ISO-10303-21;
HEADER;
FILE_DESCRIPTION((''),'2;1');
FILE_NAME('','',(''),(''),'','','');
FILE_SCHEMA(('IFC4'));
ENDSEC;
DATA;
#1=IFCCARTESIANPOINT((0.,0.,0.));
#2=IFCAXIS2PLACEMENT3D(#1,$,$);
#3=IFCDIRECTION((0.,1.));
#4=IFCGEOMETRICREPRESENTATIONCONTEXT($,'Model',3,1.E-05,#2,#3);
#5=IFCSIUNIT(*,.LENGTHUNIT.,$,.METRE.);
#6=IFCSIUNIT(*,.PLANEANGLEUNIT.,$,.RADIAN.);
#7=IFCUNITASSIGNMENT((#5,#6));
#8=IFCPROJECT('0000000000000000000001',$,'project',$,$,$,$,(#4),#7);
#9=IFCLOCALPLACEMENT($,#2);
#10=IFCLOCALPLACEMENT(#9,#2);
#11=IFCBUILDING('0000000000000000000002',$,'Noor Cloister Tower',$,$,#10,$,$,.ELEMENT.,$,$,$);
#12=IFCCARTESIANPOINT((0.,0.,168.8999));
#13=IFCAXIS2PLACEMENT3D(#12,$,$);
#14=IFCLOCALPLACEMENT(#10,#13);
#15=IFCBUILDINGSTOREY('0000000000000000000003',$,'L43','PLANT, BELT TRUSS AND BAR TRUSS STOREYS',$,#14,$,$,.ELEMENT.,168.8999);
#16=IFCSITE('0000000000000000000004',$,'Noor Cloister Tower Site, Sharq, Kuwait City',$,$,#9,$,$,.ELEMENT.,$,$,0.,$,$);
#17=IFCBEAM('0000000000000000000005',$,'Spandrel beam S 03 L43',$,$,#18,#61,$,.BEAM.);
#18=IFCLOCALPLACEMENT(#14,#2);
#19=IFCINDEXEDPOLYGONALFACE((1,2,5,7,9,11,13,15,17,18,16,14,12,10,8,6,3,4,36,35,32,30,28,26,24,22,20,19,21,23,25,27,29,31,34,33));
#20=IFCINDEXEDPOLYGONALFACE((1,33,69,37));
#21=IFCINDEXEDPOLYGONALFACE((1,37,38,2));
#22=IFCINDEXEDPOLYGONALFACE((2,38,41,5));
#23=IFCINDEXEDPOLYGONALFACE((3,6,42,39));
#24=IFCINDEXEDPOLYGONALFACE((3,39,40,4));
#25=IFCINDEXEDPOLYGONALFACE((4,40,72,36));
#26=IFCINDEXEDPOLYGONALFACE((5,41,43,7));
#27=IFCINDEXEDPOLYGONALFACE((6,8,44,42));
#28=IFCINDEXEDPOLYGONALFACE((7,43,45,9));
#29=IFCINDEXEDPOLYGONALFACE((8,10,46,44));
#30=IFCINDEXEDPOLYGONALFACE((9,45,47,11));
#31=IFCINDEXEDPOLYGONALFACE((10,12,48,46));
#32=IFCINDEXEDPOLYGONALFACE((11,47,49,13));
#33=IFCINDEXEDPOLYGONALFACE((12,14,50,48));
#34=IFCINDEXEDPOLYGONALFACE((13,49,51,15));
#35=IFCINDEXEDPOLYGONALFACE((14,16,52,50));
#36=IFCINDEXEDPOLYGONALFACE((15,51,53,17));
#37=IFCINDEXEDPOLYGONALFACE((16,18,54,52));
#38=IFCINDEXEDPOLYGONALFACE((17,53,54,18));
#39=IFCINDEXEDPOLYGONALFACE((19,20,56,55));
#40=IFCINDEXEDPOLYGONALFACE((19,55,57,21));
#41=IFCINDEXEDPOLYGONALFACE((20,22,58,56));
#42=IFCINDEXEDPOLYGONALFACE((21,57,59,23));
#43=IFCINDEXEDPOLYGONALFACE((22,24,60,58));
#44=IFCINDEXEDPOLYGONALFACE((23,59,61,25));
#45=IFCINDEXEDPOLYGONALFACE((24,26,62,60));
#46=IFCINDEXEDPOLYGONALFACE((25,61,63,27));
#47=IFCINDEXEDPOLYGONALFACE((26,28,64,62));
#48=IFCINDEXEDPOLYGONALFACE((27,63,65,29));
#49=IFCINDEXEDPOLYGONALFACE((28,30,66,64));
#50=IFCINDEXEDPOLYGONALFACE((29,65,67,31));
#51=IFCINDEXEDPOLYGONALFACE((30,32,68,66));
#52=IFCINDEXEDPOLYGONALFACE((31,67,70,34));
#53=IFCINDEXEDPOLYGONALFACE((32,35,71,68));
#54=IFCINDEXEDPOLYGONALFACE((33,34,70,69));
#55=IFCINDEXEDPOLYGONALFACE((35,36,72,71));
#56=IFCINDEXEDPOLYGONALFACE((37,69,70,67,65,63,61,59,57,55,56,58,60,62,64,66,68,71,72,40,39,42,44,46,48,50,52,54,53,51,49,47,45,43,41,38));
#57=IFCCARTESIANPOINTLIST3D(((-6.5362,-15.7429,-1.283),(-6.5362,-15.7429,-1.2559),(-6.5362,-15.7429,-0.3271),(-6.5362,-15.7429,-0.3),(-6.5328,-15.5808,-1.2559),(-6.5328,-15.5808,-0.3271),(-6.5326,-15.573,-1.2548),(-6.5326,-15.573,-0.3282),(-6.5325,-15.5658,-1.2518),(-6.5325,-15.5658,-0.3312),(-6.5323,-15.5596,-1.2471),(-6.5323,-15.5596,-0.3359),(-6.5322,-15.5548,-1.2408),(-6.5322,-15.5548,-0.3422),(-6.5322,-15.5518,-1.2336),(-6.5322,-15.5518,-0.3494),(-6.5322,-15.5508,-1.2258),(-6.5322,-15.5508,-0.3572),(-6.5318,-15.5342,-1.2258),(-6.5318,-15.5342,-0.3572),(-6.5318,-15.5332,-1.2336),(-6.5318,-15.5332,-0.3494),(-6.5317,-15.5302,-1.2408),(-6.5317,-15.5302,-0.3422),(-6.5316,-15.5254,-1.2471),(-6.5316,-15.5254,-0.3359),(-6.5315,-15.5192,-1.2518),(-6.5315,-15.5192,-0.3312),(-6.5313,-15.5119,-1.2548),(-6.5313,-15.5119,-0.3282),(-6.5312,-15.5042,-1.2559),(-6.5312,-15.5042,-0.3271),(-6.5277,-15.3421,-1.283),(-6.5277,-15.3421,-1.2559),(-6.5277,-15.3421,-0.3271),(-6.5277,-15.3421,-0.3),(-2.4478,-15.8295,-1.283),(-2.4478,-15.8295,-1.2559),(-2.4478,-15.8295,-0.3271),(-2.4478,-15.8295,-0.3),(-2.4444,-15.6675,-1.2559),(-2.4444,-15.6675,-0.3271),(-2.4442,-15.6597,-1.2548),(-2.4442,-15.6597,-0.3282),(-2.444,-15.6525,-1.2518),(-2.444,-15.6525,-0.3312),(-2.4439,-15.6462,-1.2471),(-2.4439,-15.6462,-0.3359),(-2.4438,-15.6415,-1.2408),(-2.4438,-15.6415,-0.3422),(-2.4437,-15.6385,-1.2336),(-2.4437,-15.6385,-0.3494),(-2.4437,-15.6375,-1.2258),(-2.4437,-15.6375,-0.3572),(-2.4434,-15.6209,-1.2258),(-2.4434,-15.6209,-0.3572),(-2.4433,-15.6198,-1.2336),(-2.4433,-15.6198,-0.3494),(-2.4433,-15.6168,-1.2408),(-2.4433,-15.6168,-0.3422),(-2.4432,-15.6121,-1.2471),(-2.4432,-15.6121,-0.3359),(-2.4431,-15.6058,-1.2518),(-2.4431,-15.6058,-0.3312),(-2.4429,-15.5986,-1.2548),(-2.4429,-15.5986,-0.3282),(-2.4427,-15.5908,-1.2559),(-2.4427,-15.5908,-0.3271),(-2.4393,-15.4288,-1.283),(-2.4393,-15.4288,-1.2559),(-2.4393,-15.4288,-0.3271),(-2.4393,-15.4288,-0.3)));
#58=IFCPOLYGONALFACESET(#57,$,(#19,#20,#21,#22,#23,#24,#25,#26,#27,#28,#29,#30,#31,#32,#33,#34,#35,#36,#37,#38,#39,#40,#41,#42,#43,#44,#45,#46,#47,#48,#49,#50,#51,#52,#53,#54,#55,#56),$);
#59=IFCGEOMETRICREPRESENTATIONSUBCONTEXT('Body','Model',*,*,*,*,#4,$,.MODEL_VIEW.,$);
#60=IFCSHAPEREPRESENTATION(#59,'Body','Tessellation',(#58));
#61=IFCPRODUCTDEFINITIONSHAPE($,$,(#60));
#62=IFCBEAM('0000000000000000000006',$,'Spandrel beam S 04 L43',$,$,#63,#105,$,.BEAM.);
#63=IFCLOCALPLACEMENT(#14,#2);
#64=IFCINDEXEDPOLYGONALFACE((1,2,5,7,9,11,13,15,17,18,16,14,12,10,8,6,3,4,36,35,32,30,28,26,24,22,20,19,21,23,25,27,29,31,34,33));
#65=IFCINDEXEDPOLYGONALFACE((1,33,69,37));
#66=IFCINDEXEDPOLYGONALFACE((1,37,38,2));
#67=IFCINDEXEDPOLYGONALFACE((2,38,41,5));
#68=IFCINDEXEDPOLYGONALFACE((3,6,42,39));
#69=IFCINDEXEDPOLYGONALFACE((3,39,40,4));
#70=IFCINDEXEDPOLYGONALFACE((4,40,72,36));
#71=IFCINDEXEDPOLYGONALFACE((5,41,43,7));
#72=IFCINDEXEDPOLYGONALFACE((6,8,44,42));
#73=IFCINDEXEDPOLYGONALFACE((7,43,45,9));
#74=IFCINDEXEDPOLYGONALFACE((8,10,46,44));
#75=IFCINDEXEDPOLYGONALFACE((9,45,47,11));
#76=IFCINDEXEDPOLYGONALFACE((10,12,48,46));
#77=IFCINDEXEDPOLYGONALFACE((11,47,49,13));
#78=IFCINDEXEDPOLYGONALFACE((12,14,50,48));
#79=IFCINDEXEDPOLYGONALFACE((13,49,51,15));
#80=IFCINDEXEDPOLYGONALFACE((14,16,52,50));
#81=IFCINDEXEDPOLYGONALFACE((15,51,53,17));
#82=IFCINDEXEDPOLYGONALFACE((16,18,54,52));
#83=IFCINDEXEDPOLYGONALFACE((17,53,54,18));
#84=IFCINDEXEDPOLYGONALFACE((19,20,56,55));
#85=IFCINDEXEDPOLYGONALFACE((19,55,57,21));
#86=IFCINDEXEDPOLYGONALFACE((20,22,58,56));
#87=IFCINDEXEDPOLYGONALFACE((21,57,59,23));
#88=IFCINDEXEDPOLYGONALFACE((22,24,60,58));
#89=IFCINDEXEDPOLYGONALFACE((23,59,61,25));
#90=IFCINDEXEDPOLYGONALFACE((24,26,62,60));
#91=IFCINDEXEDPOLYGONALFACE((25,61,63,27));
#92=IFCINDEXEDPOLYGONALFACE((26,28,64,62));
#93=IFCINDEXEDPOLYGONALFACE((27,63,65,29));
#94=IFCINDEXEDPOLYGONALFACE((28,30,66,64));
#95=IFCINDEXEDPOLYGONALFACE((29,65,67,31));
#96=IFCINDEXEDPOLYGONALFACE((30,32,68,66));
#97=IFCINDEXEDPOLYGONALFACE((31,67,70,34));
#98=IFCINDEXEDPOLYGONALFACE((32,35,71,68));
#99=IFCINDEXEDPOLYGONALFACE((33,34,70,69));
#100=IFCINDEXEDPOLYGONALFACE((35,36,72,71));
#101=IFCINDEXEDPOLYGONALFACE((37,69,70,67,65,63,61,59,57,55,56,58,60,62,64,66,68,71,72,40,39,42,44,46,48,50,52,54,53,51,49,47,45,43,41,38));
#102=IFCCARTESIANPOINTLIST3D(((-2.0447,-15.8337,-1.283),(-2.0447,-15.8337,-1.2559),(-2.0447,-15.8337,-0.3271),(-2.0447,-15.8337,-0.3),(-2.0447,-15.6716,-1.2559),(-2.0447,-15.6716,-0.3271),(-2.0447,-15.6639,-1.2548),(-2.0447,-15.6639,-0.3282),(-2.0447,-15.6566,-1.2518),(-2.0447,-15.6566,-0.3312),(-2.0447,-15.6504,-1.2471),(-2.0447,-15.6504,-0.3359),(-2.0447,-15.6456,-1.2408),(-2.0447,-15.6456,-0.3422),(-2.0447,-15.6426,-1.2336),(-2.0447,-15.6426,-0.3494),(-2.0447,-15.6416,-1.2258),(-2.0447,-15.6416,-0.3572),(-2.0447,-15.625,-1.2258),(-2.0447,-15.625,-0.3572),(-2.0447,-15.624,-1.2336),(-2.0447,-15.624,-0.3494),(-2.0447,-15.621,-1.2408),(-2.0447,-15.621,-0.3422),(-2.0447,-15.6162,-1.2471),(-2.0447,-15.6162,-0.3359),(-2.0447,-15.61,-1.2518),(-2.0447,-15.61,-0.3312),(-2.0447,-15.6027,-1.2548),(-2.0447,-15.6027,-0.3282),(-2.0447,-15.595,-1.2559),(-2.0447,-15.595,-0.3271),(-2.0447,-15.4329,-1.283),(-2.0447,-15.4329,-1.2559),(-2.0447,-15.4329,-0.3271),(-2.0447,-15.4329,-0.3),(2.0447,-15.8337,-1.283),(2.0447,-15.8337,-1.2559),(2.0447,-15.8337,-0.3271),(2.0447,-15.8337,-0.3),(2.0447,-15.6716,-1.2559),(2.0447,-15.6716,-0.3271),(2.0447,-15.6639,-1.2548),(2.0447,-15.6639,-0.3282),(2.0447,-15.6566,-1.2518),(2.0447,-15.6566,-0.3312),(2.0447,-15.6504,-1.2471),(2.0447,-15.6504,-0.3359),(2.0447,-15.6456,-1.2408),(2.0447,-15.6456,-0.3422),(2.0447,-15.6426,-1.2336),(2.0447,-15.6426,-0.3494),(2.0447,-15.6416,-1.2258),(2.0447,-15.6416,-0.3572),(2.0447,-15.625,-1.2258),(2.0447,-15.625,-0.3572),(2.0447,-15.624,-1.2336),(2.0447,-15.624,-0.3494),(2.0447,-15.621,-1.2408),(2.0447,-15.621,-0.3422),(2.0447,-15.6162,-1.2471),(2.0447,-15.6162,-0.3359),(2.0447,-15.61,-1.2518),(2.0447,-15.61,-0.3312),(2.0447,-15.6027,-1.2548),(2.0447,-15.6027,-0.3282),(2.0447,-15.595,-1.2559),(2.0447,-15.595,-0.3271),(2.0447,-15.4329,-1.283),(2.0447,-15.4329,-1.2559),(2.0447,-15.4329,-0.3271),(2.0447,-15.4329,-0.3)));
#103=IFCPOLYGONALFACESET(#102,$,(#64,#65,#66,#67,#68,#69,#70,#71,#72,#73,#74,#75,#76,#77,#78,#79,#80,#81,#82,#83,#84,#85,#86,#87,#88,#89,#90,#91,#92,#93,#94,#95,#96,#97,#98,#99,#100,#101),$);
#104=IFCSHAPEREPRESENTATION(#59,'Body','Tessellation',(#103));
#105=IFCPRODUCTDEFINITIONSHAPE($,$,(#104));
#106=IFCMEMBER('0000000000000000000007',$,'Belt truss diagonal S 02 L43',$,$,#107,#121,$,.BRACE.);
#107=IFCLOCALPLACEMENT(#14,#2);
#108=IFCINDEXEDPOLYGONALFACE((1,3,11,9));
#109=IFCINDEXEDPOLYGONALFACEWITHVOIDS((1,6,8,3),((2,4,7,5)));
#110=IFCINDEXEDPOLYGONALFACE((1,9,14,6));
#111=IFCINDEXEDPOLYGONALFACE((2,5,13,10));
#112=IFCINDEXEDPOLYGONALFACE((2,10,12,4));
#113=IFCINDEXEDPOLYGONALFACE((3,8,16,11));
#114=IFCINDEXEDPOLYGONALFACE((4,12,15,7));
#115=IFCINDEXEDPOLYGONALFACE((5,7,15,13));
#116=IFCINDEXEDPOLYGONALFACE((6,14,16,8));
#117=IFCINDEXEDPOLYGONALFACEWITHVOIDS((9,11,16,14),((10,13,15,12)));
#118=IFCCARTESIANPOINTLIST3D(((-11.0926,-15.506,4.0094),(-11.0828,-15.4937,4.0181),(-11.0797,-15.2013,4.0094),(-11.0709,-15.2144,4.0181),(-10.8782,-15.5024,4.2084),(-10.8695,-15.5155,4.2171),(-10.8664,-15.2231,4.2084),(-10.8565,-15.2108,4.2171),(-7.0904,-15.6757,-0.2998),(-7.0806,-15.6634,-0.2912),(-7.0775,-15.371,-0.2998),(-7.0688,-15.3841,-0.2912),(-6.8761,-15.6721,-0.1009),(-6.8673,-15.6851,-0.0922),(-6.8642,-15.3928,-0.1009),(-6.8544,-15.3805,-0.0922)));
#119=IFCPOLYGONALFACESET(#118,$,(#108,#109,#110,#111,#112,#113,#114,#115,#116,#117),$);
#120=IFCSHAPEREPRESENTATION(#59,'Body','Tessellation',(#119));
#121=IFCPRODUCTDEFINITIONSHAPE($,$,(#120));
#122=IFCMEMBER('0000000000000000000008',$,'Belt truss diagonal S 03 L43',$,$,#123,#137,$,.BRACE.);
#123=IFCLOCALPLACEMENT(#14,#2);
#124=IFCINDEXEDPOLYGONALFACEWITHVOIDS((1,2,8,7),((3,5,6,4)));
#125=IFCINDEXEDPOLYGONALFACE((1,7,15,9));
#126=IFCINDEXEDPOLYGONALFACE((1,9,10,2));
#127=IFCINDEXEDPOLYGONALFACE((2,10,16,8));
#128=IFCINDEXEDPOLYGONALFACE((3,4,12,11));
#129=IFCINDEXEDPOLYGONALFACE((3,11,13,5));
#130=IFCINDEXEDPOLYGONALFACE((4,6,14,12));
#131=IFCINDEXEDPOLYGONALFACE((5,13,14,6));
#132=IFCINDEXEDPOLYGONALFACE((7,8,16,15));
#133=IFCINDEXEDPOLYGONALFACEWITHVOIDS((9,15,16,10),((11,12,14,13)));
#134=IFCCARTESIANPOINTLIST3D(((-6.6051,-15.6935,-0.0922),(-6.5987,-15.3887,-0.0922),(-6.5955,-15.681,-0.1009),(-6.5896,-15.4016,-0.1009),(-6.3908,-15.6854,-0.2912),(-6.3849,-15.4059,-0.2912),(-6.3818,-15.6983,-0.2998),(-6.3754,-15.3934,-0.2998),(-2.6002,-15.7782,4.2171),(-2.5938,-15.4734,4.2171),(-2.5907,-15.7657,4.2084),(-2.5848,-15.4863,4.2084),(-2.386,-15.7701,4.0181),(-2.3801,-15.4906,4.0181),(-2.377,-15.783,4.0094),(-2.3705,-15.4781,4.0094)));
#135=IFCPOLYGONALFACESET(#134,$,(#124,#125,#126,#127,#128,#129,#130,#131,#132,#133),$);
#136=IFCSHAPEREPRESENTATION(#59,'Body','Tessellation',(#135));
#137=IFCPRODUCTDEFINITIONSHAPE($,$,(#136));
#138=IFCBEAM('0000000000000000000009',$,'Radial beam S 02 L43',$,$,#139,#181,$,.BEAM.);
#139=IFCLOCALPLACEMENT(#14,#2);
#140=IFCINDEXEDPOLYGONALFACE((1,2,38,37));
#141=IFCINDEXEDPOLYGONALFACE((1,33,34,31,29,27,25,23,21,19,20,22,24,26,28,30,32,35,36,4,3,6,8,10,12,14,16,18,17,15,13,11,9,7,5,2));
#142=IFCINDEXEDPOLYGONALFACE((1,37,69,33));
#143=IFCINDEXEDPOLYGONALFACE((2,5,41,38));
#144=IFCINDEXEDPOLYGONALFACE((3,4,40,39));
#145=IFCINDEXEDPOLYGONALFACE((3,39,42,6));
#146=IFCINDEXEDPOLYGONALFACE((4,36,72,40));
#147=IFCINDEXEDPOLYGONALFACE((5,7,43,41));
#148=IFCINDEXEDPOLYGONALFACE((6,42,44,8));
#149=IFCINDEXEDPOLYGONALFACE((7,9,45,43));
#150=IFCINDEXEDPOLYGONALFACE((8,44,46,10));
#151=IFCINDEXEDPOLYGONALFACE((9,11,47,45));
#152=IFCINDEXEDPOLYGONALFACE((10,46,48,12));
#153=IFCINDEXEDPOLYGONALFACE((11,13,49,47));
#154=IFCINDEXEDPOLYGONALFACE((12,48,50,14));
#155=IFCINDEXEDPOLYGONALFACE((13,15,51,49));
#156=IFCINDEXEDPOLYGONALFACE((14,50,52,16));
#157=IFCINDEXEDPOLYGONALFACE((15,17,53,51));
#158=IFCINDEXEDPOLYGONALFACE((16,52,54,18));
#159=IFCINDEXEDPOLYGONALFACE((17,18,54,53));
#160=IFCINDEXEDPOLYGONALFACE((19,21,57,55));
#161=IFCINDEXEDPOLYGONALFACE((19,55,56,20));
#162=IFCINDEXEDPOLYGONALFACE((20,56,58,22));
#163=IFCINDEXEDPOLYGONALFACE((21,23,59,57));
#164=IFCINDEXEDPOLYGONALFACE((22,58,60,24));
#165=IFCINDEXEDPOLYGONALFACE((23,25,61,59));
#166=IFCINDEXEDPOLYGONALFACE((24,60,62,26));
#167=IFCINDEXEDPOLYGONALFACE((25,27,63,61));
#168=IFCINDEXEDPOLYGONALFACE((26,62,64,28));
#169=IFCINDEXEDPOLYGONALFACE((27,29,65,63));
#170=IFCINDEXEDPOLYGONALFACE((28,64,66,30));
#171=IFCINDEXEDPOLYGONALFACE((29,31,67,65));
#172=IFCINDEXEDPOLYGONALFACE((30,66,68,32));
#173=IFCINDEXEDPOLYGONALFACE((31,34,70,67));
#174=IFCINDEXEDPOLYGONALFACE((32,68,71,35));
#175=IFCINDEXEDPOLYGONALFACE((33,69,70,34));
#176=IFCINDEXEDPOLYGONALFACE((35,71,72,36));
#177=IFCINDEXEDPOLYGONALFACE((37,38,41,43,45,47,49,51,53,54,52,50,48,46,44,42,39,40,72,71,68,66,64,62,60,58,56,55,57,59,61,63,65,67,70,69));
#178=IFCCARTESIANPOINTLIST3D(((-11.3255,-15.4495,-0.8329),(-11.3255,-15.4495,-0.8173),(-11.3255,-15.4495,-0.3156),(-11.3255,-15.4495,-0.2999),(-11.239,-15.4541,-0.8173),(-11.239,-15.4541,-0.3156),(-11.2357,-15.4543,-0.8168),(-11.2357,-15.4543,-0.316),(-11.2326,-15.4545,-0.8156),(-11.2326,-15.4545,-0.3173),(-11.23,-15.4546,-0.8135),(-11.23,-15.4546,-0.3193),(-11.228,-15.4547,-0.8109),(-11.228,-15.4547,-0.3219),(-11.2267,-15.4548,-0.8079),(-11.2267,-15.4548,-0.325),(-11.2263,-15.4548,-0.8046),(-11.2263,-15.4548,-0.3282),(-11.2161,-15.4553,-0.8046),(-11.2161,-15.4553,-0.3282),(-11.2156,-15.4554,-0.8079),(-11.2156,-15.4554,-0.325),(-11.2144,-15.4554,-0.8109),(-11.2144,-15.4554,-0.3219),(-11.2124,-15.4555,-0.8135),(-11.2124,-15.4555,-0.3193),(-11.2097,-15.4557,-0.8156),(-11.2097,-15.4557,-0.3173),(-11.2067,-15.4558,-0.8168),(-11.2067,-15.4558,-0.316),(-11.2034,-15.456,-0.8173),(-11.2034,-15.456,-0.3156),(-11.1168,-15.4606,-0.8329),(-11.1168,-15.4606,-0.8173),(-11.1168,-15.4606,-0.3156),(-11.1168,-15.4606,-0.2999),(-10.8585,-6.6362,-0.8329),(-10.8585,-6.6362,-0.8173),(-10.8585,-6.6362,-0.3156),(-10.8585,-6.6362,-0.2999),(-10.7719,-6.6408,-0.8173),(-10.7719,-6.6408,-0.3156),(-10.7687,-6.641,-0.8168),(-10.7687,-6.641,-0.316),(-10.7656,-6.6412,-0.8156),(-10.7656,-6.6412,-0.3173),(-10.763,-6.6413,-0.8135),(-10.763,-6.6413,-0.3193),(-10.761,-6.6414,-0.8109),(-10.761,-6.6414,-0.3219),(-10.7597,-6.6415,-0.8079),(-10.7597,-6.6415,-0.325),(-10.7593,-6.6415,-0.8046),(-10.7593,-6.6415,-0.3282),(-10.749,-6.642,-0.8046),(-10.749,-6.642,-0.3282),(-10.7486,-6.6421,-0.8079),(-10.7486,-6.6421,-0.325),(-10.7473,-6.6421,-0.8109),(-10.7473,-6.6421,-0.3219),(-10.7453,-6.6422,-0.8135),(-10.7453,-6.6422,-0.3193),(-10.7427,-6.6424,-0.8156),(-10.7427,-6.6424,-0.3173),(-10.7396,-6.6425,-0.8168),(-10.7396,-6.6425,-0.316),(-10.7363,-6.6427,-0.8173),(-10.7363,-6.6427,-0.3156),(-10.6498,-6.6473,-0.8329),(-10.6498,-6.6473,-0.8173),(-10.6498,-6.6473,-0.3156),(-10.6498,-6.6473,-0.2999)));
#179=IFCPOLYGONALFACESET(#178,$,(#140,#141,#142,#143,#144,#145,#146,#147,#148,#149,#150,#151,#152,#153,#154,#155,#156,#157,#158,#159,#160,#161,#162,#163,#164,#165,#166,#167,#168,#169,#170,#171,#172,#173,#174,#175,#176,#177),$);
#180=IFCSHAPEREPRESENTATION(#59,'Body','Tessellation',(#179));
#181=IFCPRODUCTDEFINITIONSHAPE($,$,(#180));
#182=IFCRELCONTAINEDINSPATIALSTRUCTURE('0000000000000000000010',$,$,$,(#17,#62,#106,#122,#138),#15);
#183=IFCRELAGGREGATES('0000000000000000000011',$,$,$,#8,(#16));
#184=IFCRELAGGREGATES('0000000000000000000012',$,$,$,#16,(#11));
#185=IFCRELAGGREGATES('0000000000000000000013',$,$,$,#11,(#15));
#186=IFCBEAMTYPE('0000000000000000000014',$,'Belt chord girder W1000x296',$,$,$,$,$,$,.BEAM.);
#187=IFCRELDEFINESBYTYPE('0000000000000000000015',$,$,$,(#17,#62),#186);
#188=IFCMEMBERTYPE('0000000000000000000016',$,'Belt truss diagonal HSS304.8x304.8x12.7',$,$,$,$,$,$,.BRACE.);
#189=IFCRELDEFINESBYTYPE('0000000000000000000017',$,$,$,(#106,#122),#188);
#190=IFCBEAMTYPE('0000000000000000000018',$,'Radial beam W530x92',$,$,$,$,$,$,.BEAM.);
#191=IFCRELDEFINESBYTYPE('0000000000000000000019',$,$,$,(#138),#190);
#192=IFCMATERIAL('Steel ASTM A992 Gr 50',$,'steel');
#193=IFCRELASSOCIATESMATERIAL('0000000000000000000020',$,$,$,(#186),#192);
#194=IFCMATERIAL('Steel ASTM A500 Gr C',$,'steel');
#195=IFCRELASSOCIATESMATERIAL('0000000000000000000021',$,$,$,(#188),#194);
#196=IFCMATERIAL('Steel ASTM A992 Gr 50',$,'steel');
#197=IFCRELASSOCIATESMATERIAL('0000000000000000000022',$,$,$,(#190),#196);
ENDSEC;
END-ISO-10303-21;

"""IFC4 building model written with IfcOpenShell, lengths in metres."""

from ifc_helpers import new_model, si_unit, direction, frame, origin, origin_2d, place, context, subcontext, project, spatial, hollow_rectangle, i_section, extrude, material, material_profile, profile_set, type_object, element, save


model = new_model("IFC4")

# Units and contexts
model_context = context("Model", 3, precision=1e-05, world=origin(), true_north=direction((0.0, 1.0)))
body_context = subcontext(model_context, "Body", "Model", "MODEL_VIEW")
ifc_project = project(units=[si_unit("LENGTHUNIT", "METRE"), si_unit("PLANEANGLEUNIT", "RADIAN")], contexts=[model_context])

# Site, building, storey
site_placement = place(None, origin())
site = spatial("IfcSite", under=ifc_project, at=site_placement, Name="Noor Cloister Tower Site, Sharq, Kuwait City", CompositionType="ELEMENT", RefElevation=0.0)
building_placement = place(site_placement, origin())
building = spatial("IfcBuilding", under=site, at=building_placement, Name="Noor Cloister Tower", CompositionType="ELEMENT")
storey_placement = place(building_placement, frame((0.0, 0.0, 168.8999)))
storey = spatial("IfcBuildingStorey", under=building, at=storey_placement, Name="L43", Description="PLANT, BELT TRUSS AND BAR TRUSS STOREYS", CompositionType="ELEMENT", Elevation=168.8999)

# Beams
ifc_material_1 = material(Name="Steel ASTM A992 Gr 50", Category="steel")
ifc_material_profile_1 = material_profile(ifc_material_1, i_section(OverallWidth=0.4009, OverallDepth=0.9829, WebThickness=0.0166, FlangeThickness=0.0271, FilletRadius=0.03, at=origin_2d()), Name="W1000x296")
ifc_profile_set_1 = profile_set([ifc_material_profile_1], Name="Steel ASTM A992 Gr 50")
beam_type_1 = type_object("IfcBeamType", Name="Belt chord girder W1000x296", PredefinedType="BEAM", material=ifc_profile_set_1)
for number, where, z_axis, x_axis, name in (
    (1, (-6.532, -15.5425, -0.7915), (0.999775, -0.021194, 0.0), (0.021194, 0.999775, 0.0), "Spandrel beam S 03 L43"),
    (2, (-2.0447, -15.6333, -0.7915), (1.0, 0.0, 0.0), (0.0, 1.0, 0.0), "Spandrel beam S 04 L43"),
):
    element("IfcBeam", number, at=place(storey_placement, frame(where, z_axis=z_axis, x_axis=x_axis)), inside=storey, type_object=beam_type_1, Name=name, PredefinedType="BEAM", context=body_context, shape_type="SweptSolid", body=[
        extrude(i_section(OverallWidth=0.4009, OverallDepth=0.9829, WebThickness=0.0166, FlangeThickness=0.0271, FilletRadius=0.03, at=origin_2d()), origin(), (0.0, 0.0, 1.0), 4.0894),
    ])

# Members
ifc_material_2 = material(Name="Steel ASTM A500 Gr C", Category="steel")
ifc_material_profile_2 = material_profile(ifc_material_2, hollow_rectangle(XDim=0.3049, YDim=0.3049, WallThickness=0.0127, at=origin_2d()), Name="HSS304.8x304.8x12.7")
ifc_profile_set_2 = profile_set([ifc_material_profile_2], Name="Steel ASTM A500 Gr C")
member_type = type_object("IfcMemberType", Name="Belt truss diagonal HSS304.8x304.8x12.7", PredefinedType="BRACE", material=ifc_profile_set_2)
for number, where, z_axis, x_axis, name in (
    (3, (-6.9724, -15.5281, -0.196), (-0.68023, 0.028839, 0.732431), (-0.042358, -0.999102, 0.0), "Belt truss diagonal S 02 L43"),
    (4, (-6.4902, -15.5435, -0.196), (0.680688, -0.014399, 0.732432), (0.021149, 0.999776, 0.0), "Belt truss diagonal S 03 L43"),
):
    element("IfcMember", number, at=place(storey_placement, frame(where, z_axis=z_axis, x_axis=x_axis)), inside=storey, type_object=member_type, Name=name, PredefinedType="BRACE", context=body_context, shape_type="SweptSolid", body=[
        extrude(hollow_rectangle(XDim=0.3049, YDim=0.3049, WallThickness=0.0127, at=origin_2d()), origin(), (0.0, 0.0, 1.0), 5.8835),
    ])

# Beam
ifc_material_3 = material(Name="Steel ASTM A992 Gr 50", Category="steel")
ifc_material_profile_3 = material_profile(ifc_material_3, i_section(OverallWidth=0.209, OverallDepth=0.533, WebThickness=0.0103, FlangeThickness=0.0156, FilletRadius=0.0127, at=origin_2d()), Name="W530x92")
ifc_profile_set_3 = profile_set([ifc_material_profile_3], Name="Steel ASTM A992 Gr 50")
beam_type_2 = type_object("IfcBeamType", Name="Radial beam W530x92", PredefinedType="BEAM", material=ifc_profile_set_3)
beam_1_placement = place(storey_placement, frame((-11.2212, -15.4551, -0.5664), z_axis=(0.052919, 0.998599, 0.0), x_axis=(-0.998599, 0.052919, 0.0)))
element("IfcBeam", 5, at=beam_1_placement, inside=storey, type_object=beam_type_2, Name="Radial beam S 02 L43", PredefinedType="BEAM", context=body_context, shape_type="SweptSolid", body=[
    extrude(i_section(OverallWidth=0.209, OverallDepth=0.533, WebThickness=0.0103, FlangeThickness=0.0156, FilletRadius=0.0127, at=origin_2d()), origin(), (0.0, 0.0, 1.0), 8.8257),
])

save(model, "model.ifc")
